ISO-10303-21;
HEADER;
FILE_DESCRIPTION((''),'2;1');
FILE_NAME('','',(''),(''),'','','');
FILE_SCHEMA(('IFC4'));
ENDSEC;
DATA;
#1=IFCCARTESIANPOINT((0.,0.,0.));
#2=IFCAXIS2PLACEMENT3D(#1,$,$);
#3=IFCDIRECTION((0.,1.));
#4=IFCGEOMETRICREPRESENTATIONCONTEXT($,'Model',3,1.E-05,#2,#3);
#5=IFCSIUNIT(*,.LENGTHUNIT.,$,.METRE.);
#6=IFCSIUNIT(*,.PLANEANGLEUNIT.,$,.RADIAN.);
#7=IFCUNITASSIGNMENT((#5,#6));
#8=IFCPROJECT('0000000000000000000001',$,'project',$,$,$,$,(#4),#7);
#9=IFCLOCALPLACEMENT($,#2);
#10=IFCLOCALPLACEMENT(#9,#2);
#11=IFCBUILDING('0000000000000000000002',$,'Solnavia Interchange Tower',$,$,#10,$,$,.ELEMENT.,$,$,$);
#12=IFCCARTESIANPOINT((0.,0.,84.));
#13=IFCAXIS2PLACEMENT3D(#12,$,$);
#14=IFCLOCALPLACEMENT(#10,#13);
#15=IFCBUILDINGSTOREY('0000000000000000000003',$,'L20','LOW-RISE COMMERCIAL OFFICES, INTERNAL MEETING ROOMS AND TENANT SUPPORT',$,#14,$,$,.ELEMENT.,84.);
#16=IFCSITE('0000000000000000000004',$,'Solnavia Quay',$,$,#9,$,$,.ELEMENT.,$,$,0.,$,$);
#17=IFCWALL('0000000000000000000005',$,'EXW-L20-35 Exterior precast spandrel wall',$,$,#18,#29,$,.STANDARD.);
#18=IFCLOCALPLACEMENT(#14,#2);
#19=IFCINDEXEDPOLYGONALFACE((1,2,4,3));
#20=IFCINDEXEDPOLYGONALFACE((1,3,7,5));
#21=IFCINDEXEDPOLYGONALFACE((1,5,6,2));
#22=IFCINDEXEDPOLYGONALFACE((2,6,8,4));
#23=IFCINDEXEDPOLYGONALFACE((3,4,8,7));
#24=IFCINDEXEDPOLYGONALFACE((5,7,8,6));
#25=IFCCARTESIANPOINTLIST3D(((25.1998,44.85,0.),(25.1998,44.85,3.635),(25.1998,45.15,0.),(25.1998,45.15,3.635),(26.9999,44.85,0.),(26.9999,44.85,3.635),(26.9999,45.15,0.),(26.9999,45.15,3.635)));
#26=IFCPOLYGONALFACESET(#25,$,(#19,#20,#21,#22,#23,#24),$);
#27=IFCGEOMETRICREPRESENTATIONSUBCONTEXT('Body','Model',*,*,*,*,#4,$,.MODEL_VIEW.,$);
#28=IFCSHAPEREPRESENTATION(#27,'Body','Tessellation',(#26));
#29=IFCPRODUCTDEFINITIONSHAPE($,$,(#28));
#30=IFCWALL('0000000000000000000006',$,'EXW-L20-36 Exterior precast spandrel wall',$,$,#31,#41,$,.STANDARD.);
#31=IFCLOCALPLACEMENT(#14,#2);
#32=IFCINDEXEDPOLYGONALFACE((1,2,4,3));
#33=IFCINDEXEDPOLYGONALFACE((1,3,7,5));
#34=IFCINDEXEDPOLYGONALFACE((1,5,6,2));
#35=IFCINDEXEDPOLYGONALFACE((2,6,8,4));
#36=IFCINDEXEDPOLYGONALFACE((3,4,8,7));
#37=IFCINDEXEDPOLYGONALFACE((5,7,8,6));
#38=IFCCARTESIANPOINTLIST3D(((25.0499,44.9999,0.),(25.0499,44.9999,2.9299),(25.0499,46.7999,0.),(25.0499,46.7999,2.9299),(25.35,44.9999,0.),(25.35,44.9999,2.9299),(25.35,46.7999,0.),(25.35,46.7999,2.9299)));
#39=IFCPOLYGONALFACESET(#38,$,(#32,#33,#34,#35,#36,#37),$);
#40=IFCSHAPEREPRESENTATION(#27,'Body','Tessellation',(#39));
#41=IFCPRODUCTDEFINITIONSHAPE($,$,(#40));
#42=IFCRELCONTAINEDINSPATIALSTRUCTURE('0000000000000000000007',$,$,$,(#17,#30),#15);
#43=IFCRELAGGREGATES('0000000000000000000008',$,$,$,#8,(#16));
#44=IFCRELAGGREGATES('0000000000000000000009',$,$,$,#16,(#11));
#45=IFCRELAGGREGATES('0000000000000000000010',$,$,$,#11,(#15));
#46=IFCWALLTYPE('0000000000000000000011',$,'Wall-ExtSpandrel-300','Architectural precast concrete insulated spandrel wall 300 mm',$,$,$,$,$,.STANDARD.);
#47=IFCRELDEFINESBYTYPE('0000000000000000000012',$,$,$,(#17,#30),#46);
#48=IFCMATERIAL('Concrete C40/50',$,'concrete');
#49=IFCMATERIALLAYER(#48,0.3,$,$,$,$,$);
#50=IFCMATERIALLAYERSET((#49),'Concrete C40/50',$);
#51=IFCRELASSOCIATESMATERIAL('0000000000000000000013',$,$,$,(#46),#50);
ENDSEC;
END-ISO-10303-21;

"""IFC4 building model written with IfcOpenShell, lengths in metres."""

from ifc_helpers import new_model, si_unit, direction, frame, frame_2d, origin, place, context, subcontext, project, spatial, rectangle, extrude, material, layer, layer_set, type_object, element, save


model = new_model("IFC4")

# Units and contexts
model_context = context("Model", 3, precision=1e-05, world=origin(), true_north=direction((0.0, 1.0)))
body_context = subcontext(model_context, "Body", "Model", "MODEL_VIEW")
ifc_project = project(units=[si_unit("LENGTHUNIT", "METRE"), si_unit("PLANEANGLEUNIT", "RADIAN")], contexts=[model_context])

# Site, building, storey
site_placement = place(None, origin())
site = spatial("IfcSite", under=ifc_project, at=site_placement, Name="Solnavia Quay", CompositionType="ELEMENT", RefElevation=0.0)
building_placement = place(site_placement, origin())
building = spatial("IfcBuilding", under=site, at=building_placement, Name="Solnavia Interchange Tower", CompositionType="ELEMENT")
storey_placement = place(building_placement, frame((0.0, 0.0, 84.0)))
storey = spatial("IfcBuildingStorey", under=building, at=storey_placement, Name="L20", Description="LOW-RISE COMMERCIAL OFFICES, INTERNAL MEETING ROOMS AND TENANT SUPPORT", CompositionType="ELEMENT", Elevation=84.0)

# Walls
ifc_material_1 = material(Name="Concrete C40/50", Category="concrete")
ifc_layer = layer(ifc_material_1, 0.3)
ifc_layer_set = layer_set([ifc_layer], Name="Concrete C40/50")
wall_type = type_object("IfcWallType", Name="Wall-ExtSpandrel-300", Description="Architectural precast concrete insulated spandrel wall 300 mm", PredefinedType="STANDARD", material=ifc_layer_set)
for number, where, z_axis, x_axis, name in (
    (1, (25.2, 45.0, 0.0), (0.0, 0.0, 1.0), (1.0, 0.0, 0.0), "EXW-L20-35 Exterior precast spandrel wall"),
):
    element("IfcWall", number, at=place(storey_placement, frame(where, z_axis=z_axis, x_axis=x_axis)), inside=storey, type_object=wall_type, Name=name, PredefinedType="STANDARD", context=body_context, shape_type="SweptSolid", body=[
        extrude(rectangle(XDim=1.8, YDim=0.3, at=frame_2d((0.8999, 0.0))), origin(), (0.0, 0.0, 1.0), 3.635),
    ])
wall_1_placement = place(storey_placement, frame((25.2, 45.0, 0.0), z_axis=(0.0, 0.0, 1.0), x_axis=(0.0, 1.0, 0.0)))
element("IfcWall", 2, at=wall_1_placement, inside=storey, type_object=wall_type, Name="EXW-L20-36 Exterior precast spandrel wall", PredefinedType="STANDARD", context=body_context, shape_type="SweptSolid", body=[
    extrude(rectangle(XDim=1.8, YDim=0.3, at=frame_2d((0.8999, 0.0))), origin(), (0.0, 0.0, 1.0), 2.9299),
])

save(model, "model.ifc")
